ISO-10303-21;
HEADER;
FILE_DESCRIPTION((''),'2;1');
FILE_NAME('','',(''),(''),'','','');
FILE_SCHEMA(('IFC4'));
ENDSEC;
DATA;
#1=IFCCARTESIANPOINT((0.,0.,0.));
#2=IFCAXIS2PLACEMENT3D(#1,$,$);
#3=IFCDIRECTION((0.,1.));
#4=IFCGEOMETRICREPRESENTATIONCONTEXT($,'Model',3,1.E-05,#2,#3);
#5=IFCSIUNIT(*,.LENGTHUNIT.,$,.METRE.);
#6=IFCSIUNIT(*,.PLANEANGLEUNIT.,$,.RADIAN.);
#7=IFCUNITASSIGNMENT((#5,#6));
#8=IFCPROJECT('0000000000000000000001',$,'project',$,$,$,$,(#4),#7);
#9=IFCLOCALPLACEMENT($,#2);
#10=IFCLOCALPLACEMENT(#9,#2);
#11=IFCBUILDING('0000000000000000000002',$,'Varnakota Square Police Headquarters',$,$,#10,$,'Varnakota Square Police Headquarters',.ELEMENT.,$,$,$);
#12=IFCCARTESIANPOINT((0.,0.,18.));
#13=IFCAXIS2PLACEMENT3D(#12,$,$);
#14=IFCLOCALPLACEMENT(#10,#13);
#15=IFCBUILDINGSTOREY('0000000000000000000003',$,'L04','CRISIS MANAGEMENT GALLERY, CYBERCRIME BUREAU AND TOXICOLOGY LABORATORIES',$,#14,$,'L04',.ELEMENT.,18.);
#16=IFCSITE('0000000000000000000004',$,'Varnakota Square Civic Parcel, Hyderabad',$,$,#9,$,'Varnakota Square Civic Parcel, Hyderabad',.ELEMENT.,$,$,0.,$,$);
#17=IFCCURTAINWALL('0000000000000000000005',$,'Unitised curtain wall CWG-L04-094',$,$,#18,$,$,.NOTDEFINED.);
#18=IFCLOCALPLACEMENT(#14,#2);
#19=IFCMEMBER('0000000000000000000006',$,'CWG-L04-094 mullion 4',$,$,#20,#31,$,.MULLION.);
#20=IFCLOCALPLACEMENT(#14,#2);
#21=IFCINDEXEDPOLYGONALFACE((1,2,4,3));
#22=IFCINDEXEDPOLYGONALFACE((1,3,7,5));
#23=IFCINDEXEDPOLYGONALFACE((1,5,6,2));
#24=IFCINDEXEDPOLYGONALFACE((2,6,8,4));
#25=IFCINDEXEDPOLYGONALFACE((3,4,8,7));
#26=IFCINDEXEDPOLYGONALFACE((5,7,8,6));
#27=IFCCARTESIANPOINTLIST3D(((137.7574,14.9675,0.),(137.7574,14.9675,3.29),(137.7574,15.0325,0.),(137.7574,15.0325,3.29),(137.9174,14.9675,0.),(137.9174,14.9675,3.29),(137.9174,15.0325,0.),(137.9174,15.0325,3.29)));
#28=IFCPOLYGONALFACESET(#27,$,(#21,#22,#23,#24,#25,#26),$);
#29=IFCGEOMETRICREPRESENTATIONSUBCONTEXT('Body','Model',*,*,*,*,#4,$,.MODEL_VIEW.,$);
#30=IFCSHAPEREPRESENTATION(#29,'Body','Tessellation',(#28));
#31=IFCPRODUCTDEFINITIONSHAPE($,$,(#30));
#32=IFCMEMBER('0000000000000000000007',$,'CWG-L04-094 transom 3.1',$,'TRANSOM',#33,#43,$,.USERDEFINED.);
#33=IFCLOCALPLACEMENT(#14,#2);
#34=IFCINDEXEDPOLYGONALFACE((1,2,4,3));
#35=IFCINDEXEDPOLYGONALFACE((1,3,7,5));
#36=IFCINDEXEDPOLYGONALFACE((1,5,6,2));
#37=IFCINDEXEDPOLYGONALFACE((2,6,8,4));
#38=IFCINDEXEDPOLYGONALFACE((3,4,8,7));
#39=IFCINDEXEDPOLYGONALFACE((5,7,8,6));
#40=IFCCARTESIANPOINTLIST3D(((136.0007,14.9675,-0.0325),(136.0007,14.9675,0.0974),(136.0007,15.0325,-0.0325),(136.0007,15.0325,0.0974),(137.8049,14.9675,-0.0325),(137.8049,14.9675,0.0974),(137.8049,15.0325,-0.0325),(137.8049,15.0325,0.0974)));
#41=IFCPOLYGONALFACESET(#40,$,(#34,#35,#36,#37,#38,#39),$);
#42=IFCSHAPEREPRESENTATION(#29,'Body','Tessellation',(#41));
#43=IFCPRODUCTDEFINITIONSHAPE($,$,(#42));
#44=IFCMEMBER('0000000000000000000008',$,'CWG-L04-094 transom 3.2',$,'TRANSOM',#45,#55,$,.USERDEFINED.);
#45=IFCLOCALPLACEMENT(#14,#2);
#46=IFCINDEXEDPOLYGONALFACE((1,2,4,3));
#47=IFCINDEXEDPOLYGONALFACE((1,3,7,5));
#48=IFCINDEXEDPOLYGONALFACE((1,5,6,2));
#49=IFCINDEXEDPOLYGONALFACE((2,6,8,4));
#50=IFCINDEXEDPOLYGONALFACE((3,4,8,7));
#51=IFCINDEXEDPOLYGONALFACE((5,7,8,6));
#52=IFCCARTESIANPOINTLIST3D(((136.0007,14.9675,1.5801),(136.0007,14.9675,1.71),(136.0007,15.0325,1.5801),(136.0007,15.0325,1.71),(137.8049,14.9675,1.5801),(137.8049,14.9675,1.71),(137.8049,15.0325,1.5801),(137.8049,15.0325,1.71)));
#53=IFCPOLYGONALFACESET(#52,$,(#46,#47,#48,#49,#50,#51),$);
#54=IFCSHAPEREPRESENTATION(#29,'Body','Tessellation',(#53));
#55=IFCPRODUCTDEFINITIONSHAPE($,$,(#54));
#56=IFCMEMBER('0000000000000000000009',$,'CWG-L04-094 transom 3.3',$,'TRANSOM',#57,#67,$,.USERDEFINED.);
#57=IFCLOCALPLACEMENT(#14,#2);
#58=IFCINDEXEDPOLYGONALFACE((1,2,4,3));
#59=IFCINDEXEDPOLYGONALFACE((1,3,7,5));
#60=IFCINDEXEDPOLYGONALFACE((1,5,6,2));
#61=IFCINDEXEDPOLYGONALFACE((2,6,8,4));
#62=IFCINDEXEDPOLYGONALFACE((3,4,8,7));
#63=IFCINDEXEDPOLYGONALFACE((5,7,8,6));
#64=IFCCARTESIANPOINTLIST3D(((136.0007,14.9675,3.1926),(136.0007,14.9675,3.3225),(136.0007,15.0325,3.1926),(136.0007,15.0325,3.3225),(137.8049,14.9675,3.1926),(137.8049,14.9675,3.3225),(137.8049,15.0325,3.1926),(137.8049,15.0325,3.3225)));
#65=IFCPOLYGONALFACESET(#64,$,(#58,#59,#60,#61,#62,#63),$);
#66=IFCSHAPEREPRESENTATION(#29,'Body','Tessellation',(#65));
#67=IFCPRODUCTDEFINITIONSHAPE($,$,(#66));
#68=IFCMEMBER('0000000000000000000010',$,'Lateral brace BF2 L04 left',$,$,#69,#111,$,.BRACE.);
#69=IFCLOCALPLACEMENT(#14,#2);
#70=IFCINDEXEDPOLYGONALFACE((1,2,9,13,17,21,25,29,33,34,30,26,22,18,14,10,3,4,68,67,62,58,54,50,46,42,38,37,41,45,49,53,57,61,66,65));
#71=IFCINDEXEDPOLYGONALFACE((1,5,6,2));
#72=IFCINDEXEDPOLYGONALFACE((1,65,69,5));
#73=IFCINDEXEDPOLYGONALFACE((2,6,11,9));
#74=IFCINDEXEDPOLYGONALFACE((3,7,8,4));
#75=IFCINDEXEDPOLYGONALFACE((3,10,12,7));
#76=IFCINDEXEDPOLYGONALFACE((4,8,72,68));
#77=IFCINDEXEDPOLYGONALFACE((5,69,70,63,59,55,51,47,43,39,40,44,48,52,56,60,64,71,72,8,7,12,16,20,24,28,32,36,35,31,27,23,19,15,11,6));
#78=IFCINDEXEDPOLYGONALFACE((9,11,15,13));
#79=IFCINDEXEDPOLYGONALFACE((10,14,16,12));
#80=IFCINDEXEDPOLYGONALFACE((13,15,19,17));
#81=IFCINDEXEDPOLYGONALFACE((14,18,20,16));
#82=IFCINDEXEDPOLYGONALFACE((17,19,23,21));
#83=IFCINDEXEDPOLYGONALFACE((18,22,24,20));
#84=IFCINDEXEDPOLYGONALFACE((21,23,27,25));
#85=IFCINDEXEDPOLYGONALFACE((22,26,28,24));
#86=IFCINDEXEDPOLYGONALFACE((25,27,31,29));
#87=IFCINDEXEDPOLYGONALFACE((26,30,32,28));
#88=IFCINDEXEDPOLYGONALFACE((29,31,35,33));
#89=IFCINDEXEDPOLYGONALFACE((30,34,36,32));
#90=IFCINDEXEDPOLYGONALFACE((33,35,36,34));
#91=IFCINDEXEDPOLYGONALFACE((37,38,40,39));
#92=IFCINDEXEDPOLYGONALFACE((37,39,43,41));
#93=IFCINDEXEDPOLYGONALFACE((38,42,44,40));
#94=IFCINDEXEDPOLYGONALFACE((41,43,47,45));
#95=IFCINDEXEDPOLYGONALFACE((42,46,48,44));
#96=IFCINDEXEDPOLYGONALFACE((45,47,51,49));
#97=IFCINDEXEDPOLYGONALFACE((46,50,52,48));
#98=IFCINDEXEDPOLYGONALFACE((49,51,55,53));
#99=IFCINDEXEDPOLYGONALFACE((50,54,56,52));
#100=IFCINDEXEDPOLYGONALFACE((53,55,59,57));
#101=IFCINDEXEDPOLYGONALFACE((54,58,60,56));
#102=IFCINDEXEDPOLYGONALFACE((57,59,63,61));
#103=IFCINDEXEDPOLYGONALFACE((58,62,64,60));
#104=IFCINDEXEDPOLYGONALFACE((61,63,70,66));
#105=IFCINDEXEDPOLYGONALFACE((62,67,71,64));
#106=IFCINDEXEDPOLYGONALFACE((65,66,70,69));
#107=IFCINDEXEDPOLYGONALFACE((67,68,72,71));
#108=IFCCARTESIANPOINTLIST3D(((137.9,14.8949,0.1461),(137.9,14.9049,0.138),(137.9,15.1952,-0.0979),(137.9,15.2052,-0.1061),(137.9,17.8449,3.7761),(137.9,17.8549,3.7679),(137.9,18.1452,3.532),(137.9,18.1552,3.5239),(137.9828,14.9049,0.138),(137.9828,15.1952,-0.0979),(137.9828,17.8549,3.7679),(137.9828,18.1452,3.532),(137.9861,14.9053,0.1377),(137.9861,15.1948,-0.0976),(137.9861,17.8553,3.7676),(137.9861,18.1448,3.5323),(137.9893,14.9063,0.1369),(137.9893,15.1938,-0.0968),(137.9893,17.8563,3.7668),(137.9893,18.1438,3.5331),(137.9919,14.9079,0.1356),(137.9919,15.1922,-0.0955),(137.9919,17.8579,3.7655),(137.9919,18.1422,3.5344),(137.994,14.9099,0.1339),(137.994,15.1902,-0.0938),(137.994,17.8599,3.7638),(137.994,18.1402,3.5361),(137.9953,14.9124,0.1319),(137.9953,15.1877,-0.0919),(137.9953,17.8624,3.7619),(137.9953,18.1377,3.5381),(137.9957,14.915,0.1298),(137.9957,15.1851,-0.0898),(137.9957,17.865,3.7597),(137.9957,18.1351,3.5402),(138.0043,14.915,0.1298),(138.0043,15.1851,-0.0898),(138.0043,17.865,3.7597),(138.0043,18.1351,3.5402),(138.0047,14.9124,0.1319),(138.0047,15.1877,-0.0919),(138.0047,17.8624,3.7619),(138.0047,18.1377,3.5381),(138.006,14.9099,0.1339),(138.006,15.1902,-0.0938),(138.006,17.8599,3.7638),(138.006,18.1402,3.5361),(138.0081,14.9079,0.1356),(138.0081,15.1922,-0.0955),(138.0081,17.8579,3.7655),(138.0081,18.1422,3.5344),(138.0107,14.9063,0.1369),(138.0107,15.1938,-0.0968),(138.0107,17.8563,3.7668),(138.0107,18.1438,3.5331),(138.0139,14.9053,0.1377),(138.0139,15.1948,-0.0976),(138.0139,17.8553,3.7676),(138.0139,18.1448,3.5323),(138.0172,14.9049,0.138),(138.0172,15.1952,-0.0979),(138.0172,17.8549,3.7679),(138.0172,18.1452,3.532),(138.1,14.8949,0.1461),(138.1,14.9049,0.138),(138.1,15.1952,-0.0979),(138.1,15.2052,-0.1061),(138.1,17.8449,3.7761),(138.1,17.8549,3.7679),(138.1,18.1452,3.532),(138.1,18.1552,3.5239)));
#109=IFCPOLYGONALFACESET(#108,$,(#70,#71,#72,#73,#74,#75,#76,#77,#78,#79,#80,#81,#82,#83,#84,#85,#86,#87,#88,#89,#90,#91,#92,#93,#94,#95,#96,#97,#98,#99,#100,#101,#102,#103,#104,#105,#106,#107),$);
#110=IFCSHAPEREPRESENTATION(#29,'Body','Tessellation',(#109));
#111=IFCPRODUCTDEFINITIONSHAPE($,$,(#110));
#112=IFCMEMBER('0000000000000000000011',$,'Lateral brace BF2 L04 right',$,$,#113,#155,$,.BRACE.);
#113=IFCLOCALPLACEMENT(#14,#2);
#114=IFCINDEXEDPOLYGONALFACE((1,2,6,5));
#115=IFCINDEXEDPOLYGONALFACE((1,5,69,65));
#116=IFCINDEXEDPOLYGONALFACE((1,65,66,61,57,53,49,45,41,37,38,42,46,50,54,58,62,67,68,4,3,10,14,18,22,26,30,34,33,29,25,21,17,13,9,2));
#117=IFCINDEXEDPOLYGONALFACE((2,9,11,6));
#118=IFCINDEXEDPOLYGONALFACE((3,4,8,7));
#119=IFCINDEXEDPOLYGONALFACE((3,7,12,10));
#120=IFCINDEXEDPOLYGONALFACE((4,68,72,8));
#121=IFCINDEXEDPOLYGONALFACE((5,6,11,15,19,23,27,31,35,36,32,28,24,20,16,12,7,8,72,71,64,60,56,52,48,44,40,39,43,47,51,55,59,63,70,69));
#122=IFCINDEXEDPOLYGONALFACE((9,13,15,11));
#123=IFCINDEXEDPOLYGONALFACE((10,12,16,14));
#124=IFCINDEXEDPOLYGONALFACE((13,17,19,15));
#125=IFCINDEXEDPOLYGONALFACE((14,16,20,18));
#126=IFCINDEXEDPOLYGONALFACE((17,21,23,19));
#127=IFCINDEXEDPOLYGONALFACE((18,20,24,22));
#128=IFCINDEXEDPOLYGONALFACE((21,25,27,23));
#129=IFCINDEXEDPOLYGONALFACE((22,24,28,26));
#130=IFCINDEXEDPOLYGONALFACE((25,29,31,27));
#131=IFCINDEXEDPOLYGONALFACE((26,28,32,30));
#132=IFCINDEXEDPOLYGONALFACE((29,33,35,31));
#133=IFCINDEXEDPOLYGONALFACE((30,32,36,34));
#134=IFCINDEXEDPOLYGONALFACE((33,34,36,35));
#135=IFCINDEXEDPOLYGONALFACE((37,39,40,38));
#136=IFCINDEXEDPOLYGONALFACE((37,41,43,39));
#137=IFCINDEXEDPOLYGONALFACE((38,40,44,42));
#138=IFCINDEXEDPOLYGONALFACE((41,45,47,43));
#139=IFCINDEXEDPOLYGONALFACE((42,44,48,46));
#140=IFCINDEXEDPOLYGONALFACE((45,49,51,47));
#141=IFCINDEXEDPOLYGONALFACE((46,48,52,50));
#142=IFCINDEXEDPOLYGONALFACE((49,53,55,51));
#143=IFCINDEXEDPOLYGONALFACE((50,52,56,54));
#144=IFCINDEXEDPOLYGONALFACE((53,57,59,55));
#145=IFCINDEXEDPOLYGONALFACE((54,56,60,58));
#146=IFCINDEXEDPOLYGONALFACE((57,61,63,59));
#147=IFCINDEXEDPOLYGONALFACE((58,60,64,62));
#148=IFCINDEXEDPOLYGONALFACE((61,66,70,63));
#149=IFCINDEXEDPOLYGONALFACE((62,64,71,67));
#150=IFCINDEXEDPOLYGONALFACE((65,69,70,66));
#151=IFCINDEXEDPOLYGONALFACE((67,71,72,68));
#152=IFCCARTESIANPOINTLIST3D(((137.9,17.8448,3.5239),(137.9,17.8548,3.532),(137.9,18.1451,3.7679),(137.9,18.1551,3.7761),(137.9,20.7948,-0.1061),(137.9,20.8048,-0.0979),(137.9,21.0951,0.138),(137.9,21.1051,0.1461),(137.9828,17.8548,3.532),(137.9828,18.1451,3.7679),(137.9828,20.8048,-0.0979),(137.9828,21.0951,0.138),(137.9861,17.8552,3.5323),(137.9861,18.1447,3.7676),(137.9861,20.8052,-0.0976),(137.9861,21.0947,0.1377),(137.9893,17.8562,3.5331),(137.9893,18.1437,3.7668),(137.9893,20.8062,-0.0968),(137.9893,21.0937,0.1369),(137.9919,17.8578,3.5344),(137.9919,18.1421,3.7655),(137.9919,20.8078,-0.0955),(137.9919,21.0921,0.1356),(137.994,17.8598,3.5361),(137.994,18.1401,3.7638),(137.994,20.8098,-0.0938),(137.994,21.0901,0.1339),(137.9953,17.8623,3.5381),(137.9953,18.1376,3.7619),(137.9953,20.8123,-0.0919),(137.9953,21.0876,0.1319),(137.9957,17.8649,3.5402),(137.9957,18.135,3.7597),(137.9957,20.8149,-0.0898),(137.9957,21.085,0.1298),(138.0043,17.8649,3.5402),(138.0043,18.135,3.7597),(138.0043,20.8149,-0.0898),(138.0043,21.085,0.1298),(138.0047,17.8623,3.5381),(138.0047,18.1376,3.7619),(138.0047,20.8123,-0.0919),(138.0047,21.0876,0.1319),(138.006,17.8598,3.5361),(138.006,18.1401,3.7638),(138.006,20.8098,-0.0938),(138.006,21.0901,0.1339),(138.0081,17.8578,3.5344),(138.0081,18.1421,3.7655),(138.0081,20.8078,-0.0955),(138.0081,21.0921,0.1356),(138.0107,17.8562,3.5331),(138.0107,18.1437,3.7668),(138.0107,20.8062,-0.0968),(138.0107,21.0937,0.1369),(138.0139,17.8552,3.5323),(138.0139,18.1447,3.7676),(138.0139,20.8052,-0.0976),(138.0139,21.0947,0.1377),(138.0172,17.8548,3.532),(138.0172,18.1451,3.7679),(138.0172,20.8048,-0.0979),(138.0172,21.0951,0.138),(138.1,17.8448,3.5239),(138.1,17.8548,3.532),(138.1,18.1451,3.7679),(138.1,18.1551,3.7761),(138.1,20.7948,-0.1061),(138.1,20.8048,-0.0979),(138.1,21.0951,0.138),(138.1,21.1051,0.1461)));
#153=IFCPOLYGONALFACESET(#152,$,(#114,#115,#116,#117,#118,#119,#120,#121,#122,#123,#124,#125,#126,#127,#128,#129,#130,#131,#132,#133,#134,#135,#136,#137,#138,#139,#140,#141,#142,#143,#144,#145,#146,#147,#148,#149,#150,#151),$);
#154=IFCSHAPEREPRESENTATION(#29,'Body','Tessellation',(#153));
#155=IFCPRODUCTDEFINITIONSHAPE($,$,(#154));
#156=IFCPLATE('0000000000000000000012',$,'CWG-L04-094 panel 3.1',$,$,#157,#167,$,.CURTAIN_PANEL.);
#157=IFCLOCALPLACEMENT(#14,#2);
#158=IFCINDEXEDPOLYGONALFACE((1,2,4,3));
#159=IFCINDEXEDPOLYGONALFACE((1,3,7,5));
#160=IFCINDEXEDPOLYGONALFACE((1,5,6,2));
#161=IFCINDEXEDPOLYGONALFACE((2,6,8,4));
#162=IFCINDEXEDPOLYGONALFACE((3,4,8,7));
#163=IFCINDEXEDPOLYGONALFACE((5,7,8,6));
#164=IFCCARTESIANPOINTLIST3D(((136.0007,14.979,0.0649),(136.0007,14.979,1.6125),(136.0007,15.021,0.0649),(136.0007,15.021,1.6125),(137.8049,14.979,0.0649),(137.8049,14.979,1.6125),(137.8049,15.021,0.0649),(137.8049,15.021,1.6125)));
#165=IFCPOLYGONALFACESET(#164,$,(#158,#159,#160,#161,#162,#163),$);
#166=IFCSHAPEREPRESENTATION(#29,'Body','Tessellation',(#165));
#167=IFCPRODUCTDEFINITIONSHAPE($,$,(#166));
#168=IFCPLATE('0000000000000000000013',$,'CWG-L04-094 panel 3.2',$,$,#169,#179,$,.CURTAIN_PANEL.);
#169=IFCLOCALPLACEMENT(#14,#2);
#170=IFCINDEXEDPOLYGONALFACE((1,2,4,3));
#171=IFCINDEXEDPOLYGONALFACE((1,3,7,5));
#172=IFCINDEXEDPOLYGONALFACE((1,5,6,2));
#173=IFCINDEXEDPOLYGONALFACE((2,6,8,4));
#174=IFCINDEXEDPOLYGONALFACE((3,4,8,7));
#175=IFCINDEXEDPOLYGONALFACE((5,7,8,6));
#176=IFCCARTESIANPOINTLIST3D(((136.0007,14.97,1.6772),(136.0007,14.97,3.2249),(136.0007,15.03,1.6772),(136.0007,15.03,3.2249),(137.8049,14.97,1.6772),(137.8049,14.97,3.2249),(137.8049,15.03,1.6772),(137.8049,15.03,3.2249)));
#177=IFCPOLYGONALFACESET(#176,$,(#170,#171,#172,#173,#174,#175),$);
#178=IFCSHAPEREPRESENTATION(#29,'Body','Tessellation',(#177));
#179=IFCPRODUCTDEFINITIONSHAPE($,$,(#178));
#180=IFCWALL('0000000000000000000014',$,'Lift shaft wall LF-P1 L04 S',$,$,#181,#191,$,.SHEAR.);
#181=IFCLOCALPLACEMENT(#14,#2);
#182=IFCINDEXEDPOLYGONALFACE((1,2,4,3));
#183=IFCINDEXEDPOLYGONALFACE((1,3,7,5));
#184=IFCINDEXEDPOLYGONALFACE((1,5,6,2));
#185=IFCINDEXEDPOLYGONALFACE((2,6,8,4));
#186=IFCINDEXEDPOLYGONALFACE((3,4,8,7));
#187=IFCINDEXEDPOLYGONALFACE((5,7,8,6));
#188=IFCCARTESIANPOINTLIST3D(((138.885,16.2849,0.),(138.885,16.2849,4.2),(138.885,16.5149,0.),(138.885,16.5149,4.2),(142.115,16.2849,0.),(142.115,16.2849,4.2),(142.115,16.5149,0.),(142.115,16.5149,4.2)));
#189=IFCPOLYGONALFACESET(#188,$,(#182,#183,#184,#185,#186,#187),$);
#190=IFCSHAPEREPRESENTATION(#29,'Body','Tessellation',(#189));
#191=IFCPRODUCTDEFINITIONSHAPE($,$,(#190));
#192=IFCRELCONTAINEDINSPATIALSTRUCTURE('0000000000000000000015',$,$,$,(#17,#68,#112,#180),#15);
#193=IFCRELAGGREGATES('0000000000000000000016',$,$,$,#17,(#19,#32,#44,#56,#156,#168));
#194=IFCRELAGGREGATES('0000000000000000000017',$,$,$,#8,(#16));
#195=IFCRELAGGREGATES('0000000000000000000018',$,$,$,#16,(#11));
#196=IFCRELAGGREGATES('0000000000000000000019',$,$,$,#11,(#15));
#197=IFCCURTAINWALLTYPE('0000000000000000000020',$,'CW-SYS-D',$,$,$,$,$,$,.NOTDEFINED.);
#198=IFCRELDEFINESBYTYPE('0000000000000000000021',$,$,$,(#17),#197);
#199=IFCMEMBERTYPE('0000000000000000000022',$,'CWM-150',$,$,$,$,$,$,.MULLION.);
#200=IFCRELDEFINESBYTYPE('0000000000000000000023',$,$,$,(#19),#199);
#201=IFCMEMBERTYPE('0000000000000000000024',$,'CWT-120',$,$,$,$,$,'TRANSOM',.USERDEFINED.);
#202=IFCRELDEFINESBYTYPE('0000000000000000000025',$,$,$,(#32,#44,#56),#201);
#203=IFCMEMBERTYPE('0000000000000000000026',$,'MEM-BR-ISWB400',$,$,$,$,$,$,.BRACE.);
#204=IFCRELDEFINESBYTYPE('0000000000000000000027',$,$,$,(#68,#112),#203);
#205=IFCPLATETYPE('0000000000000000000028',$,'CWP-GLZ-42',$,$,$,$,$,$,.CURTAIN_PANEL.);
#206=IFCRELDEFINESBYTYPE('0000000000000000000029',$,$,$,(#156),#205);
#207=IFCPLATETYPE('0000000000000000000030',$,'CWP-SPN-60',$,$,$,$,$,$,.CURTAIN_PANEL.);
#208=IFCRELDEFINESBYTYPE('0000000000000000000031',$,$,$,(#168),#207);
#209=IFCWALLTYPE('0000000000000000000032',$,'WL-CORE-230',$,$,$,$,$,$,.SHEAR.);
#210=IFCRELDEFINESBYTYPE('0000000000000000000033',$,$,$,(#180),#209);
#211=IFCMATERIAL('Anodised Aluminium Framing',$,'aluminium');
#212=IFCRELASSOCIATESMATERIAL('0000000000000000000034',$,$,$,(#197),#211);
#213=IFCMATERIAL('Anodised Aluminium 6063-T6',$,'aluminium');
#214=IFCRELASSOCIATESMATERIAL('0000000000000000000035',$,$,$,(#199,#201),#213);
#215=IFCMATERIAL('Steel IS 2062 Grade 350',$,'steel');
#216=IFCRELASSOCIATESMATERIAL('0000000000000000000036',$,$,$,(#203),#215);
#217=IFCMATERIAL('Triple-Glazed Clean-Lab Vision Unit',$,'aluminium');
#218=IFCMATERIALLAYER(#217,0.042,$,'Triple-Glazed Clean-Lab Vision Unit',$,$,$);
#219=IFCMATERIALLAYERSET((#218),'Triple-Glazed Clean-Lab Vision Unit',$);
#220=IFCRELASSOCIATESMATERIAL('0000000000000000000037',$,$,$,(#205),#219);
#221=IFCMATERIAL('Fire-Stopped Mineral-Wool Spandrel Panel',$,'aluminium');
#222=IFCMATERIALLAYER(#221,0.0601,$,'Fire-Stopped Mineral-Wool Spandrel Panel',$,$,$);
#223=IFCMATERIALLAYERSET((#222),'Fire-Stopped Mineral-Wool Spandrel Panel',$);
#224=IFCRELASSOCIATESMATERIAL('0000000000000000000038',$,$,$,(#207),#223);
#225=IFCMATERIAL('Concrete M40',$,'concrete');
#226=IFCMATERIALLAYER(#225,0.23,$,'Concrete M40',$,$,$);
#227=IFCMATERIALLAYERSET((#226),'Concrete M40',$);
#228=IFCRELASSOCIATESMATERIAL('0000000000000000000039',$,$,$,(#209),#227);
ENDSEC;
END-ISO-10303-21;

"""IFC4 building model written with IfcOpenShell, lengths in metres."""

from ifc_helpers import new_model, si_unit, direction, frame, frame_2d, origin, origin_2d, place, context, subcontext, project, spatial, rectangle, i_section, extrude, material, layer, layer_set, material_profile, profile_set, type_object, element, aggregate, save


model = new_model("IFC4")

# Units and contexts
model_context = context("Model", 3, precision=1e-05, world=origin(), true_north=direction((0.0, 1.0)))
body_context = subcontext(model_context, "Body", "Model", "MODEL_VIEW")
ifc_project = project(units=[si_unit("LENGTHUNIT", "METRE"), si_unit("PLANEANGLEUNIT", "RADIAN")], contexts=[model_context])

# Site, building, storey
site_placement = place(None, origin())
site = spatial("IfcSite", under=ifc_project, at=site_placement, Name="Varnakota Square Civic Parcel, Hyderabad", LongName="Varnakota Square Civic Parcel, Hyderabad", CompositionType="ELEMENT", RefElevation=0.0)
building_placement = place(site_placement, origin())
building = spatial("IfcBuilding", under=site, at=building_placement, Name="Varnakota Square Police Headquarters", LongName="Varnakota Square Police Headquarters", CompositionType="ELEMENT")
storey_placement = place(building_placement, frame((0.0, 0.0, 18.0)))
storey = spatial("IfcBuildingStorey", under=building, at=storey_placement, Name="L04", Description="CRISIS MANAGEMENT GALLERY, CYBERCRIME BUREAU AND TOXICOLOGY LABORATORIES", LongName="L04", CompositionType="ELEMENT", Elevation=18.0)

# Shared definitions
ifc_material_1 = material(Name="Steel IS 2062 Grade 350", Category="steel")

# Curtain wall, members
ifc_material_2 = material(Name="Anodised Aluminium Framing", Category="aluminium")
curtain_wall_type = type_object("IfcCurtainWallType", Name="CW-SYS-D", PredefinedType="NOTDEFINED", material=ifc_material_2)
curtain_wall_placement = place(storey_placement, origin())
curtain_wall = element("IfcCurtainWall", 1, at=curtain_wall_placement, inside=storey, type_object=curtain_wall_type, Name="Unitised curtain wall CWG-L04-094", PredefinedType="NOTDEFINED")
ifc_material_3 = material(Name="Anodised Aluminium 6063-T6", Category="aluminium")
ifc_material_profile_1 = material_profile(ifc_material_3, rectangle(XDim=0.0649, YDim=0.1599, at=origin_2d()), Name="ALU MULLION 65x160")
ifc_profile_set_1 = profile_set([ifc_material_profile_1], Name="Anodised Aluminium 6063-T6")
member_type_1 = type_object("IfcMemberType", Name="CWM-150", PredefinedType="MULLION", material=ifc_profile_set_1)
member_1_placement = place(storey_placement, frame((137.8374, 15.0, 0.0), z_axis=(0.0, 0.0, 1.0), x_axis=(0.0, 1.0, 0.0)))
member_1 = element("IfcMember", 2, at=member_1_placement, type_object=member_type_1, Name="CWG-L04-094 mullion 4", PredefinedType="MULLION", context=body_context, shape_type="SweptSolid", body=[
    extrude(rectangle(XDim=0.0649, YDim=0.1599, at=origin_2d()), origin(), (0.0, 0.0, 1.0), 3.29),
])
ifc_material_profile_2 = material_profile(ifc_material_3, rectangle(XDim=0.0649, YDim=0.1299, at=origin_2d()), Name="ALU TRANSOM 65x130")
ifc_profile_set_2 = profile_set([ifc_material_profile_2], Name="Anodised Aluminium 6063-T6")
member_type_2 = type_object("IfcMemberType", Name="CWT-120", ElementType="TRANSOM", PredefinedType="USERDEFINED", material=ifc_profile_set_2)
member_2_placement = place(storey_placement, frame((136.0007, 15.0, 0.0325), z_axis=(1.0, 0.0, 0.0), x_axis=(0.0, 1.0, 0.0)))
member_2 = element("IfcMember", 3, at=member_2_placement, type_object=member_type_2, Name="CWG-L04-094 transom 3.1", ObjectType="TRANSOM", PredefinedType="USERDEFINED", context=body_context, shape_type="SweptSolid", body=[
    extrude(rectangle(XDim=0.0649, YDim=0.1299, at=origin_2d()), origin(), (0.0, 0.0, 1.0), 1.8042),
])
member_3_placement = place(storey_placement, frame((136.0007, 15.0, 1.645), z_axis=(1.0, 0.0, 0.0), x_axis=(0.0, 1.0, 0.0)))
member_3 = element("IfcMember", 4, at=member_3_placement, type_object=member_type_2, Name="CWG-L04-094 transom 3.2", ObjectType="TRANSOM", PredefinedType="USERDEFINED", context=body_context, shape_type="SweptSolid", body=[
    extrude(rectangle(XDim=0.0649, YDim=0.1299, at=origin_2d()), origin(), (0.0, 0.0, 1.0), 1.8042),
])
member_4_placement = place(storey_placement, frame((136.0007, 15.0, 3.2576), z_axis=(1.0, 0.0, 0.0), x_axis=(0.0, 1.0, 0.0)))
member_4 = element("IfcMember", 5, at=member_4_placement, type_object=member_type_2, Name="CWG-L04-094 transom 3.3", ObjectType="TRANSOM", PredefinedType="USERDEFINED", context=body_context, shape_type="SweptSolid", body=[
    extrude(rectangle(XDim=0.0649, YDim=0.1299, at=origin_2d()), origin(), (0.0, 0.0, 1.0), 1.8042),
])

# Members
ifc_material_profile_3 = material_profile(ifc_material_1, i_section(OverallWidth=0.2, OverallDepth=0.3999, WebThickness=0.0085, FlangeThickness=0.0129, FilletRadius=0.0129, at=origin_2d()), Name="ISWB 400")
ifc_profile_set_3 = profile_set([ifc_material_profile_3], Name="Steel IS 2062 Grade 350")
member_type_3 = type_object("IfcMemberType", Name="MEM-BR-ISWB400", PredefinedType="BRACE", material=ifc_profile_set_3)
for number, where, z_axis, x_axis, name in (
    (6, (138.0, 15.05, 0.02), (0.0, 0.630679, 0.776044), (-1.0, 0.0, 0.0), "Lateral brace BF2 L04 left"),
    (7, (138.0, 20.95, 0.02), (0.0, -0.630679, 0.776044), (1.0, 0.0, 0.0), "Lateral brace BF2 L04 right"),
):
    element("IfcMember", number, at=place(storey_placement, frame(where, z_axis=z_axis, x_axis=x_axis)), inside=storey, type_object=member_type_3, Name=name, PredefinedType="BRACE", context=body_context, shape_type="SweptSolid", body=[
        extrude(i_section(OverallWidth=0.2, OverallDepth=0.3999, WebThickness=0.0085, FlangeThickness=0.0129, FilletRadius=0.0129, at=origin_2d()), origin(), (0.0, 0.0, 1.0), 4.6775),
    ])

# Plates
ifc_material_4 = material(Name="Triple-Glazed Clean-Lab Vision Unit", Category="aluminium")
ifc_layer_1 = layer(ifc_material_4, 0.042, Name="Triple-Glazed Clean-Lab Vision Unit")
ifc_layer_set_1 = layer_set([ifc_layer_1], Name="Triple-Glazed Clean-Lab Vision Unit")
plate_type_1 = type_object("IfcPlateType", Name="CWP-GLZ-42", PredefinedType="CURTAIN_PANEL", material=ifc_layer_set_1)
plate_1_placement = place(storey_placement, frame((136.9028, 15.0, 0.0649), z_axis=(0.0, 0.0, 1.0), x_axis=(1.0, 0.0, 0.0)))
plate_1 = element("IfcPlate", 8, at=plate_1_placement, type_object=plate_type_1, Name="CWG-L04-094 panel 3.1", PredefinedType="CURTAIN_PANEL", context=body_context, shape_type="SweptSolid", body=[
    extrude(rectangle(XDim=1.8042, YDim=0.042, at=origin_2d()), origin(), (0.0, 0.0, 1.0), 1.5476),
])
ifc_material_5 = material(Name="Fire-Stopped Mineral-Wool Spandrel Panel", Category="aluminium")
ifc_layer_2 = layer(ifc_material_5, 0.0601, Name="Fire-Stopped Mineral-Wool Spandrel Panel")
ifc_layer_set_2 = layer_set([ifc_layer_2], Name="Fire-Stopped Mineral-Wool Spandrel Panel")
plate_type_2 = type_object("IfcPlateType", Name="CWP-SPN-60", PredefinedType="CURTAIN_PANEL", material=ifc_layer_set_2)
plate_2_placement = place(storey_placement, frame((136.9028, 15.0, 1.6772), z_axis=(0.0, 0.0, 1.0), x_axis=(1.0, 0.0, 0.0)))
plate_2 = element("IfcPlate", 9, at=plate_2_placement, type_object=plate_type_2, Name="CWG-L04-094 panel 3.2", PredefinedType="CURTAIN_PANEL", context=body_context, shape_type="SweptSolid", body=[
    extrude(rectangle(XDim=1.8042, YDim=0.0601, at=origin_2d()), origin(), (0.0, 0.0, 1.0), 1.5476),
])
aggregate(curtain_wall, [member_1, member_2, member_3, member_4, plate_1, plate_2])

# Wall
ifc_material_6 = material(Name="Concrete M40", Category="concrete")
ifc_layer_3 = layer(ifc_material_6, 0.23, Name="Concrete M40")
ifc_layer_set_3 = layer_set([ifc_layer_3], Name="Concrete M40")
wall_type_1 = type_object("IfcWallType", Name="WL-CORE-230", PredefinedType="SHEAR", material=ifc_layer_set_3)
wall_1_placement = place(storey_placement, frame((138.885, 16.3999, 0.0), z_axis=(0.0, 0.0, 1.0), x_axis=(1.0, 0.0, 0.0)))
element("IfcWall", 10, at=wall_1_placement, inside=storey, type_object=wall_type_1, Name="Lift shaft wall LF-P1 L04 S", PredefinedType="SHEAR", context=body_context, shape_type="SweptSolid", body=[
    extrude(rectangle(XDim=3.23, YDim=0.23, at=frame_2d((1.615, 0.0))), origin(), (0.0, 0.0, 1.0), 4.2),
])

save(model, "model.ifc")
